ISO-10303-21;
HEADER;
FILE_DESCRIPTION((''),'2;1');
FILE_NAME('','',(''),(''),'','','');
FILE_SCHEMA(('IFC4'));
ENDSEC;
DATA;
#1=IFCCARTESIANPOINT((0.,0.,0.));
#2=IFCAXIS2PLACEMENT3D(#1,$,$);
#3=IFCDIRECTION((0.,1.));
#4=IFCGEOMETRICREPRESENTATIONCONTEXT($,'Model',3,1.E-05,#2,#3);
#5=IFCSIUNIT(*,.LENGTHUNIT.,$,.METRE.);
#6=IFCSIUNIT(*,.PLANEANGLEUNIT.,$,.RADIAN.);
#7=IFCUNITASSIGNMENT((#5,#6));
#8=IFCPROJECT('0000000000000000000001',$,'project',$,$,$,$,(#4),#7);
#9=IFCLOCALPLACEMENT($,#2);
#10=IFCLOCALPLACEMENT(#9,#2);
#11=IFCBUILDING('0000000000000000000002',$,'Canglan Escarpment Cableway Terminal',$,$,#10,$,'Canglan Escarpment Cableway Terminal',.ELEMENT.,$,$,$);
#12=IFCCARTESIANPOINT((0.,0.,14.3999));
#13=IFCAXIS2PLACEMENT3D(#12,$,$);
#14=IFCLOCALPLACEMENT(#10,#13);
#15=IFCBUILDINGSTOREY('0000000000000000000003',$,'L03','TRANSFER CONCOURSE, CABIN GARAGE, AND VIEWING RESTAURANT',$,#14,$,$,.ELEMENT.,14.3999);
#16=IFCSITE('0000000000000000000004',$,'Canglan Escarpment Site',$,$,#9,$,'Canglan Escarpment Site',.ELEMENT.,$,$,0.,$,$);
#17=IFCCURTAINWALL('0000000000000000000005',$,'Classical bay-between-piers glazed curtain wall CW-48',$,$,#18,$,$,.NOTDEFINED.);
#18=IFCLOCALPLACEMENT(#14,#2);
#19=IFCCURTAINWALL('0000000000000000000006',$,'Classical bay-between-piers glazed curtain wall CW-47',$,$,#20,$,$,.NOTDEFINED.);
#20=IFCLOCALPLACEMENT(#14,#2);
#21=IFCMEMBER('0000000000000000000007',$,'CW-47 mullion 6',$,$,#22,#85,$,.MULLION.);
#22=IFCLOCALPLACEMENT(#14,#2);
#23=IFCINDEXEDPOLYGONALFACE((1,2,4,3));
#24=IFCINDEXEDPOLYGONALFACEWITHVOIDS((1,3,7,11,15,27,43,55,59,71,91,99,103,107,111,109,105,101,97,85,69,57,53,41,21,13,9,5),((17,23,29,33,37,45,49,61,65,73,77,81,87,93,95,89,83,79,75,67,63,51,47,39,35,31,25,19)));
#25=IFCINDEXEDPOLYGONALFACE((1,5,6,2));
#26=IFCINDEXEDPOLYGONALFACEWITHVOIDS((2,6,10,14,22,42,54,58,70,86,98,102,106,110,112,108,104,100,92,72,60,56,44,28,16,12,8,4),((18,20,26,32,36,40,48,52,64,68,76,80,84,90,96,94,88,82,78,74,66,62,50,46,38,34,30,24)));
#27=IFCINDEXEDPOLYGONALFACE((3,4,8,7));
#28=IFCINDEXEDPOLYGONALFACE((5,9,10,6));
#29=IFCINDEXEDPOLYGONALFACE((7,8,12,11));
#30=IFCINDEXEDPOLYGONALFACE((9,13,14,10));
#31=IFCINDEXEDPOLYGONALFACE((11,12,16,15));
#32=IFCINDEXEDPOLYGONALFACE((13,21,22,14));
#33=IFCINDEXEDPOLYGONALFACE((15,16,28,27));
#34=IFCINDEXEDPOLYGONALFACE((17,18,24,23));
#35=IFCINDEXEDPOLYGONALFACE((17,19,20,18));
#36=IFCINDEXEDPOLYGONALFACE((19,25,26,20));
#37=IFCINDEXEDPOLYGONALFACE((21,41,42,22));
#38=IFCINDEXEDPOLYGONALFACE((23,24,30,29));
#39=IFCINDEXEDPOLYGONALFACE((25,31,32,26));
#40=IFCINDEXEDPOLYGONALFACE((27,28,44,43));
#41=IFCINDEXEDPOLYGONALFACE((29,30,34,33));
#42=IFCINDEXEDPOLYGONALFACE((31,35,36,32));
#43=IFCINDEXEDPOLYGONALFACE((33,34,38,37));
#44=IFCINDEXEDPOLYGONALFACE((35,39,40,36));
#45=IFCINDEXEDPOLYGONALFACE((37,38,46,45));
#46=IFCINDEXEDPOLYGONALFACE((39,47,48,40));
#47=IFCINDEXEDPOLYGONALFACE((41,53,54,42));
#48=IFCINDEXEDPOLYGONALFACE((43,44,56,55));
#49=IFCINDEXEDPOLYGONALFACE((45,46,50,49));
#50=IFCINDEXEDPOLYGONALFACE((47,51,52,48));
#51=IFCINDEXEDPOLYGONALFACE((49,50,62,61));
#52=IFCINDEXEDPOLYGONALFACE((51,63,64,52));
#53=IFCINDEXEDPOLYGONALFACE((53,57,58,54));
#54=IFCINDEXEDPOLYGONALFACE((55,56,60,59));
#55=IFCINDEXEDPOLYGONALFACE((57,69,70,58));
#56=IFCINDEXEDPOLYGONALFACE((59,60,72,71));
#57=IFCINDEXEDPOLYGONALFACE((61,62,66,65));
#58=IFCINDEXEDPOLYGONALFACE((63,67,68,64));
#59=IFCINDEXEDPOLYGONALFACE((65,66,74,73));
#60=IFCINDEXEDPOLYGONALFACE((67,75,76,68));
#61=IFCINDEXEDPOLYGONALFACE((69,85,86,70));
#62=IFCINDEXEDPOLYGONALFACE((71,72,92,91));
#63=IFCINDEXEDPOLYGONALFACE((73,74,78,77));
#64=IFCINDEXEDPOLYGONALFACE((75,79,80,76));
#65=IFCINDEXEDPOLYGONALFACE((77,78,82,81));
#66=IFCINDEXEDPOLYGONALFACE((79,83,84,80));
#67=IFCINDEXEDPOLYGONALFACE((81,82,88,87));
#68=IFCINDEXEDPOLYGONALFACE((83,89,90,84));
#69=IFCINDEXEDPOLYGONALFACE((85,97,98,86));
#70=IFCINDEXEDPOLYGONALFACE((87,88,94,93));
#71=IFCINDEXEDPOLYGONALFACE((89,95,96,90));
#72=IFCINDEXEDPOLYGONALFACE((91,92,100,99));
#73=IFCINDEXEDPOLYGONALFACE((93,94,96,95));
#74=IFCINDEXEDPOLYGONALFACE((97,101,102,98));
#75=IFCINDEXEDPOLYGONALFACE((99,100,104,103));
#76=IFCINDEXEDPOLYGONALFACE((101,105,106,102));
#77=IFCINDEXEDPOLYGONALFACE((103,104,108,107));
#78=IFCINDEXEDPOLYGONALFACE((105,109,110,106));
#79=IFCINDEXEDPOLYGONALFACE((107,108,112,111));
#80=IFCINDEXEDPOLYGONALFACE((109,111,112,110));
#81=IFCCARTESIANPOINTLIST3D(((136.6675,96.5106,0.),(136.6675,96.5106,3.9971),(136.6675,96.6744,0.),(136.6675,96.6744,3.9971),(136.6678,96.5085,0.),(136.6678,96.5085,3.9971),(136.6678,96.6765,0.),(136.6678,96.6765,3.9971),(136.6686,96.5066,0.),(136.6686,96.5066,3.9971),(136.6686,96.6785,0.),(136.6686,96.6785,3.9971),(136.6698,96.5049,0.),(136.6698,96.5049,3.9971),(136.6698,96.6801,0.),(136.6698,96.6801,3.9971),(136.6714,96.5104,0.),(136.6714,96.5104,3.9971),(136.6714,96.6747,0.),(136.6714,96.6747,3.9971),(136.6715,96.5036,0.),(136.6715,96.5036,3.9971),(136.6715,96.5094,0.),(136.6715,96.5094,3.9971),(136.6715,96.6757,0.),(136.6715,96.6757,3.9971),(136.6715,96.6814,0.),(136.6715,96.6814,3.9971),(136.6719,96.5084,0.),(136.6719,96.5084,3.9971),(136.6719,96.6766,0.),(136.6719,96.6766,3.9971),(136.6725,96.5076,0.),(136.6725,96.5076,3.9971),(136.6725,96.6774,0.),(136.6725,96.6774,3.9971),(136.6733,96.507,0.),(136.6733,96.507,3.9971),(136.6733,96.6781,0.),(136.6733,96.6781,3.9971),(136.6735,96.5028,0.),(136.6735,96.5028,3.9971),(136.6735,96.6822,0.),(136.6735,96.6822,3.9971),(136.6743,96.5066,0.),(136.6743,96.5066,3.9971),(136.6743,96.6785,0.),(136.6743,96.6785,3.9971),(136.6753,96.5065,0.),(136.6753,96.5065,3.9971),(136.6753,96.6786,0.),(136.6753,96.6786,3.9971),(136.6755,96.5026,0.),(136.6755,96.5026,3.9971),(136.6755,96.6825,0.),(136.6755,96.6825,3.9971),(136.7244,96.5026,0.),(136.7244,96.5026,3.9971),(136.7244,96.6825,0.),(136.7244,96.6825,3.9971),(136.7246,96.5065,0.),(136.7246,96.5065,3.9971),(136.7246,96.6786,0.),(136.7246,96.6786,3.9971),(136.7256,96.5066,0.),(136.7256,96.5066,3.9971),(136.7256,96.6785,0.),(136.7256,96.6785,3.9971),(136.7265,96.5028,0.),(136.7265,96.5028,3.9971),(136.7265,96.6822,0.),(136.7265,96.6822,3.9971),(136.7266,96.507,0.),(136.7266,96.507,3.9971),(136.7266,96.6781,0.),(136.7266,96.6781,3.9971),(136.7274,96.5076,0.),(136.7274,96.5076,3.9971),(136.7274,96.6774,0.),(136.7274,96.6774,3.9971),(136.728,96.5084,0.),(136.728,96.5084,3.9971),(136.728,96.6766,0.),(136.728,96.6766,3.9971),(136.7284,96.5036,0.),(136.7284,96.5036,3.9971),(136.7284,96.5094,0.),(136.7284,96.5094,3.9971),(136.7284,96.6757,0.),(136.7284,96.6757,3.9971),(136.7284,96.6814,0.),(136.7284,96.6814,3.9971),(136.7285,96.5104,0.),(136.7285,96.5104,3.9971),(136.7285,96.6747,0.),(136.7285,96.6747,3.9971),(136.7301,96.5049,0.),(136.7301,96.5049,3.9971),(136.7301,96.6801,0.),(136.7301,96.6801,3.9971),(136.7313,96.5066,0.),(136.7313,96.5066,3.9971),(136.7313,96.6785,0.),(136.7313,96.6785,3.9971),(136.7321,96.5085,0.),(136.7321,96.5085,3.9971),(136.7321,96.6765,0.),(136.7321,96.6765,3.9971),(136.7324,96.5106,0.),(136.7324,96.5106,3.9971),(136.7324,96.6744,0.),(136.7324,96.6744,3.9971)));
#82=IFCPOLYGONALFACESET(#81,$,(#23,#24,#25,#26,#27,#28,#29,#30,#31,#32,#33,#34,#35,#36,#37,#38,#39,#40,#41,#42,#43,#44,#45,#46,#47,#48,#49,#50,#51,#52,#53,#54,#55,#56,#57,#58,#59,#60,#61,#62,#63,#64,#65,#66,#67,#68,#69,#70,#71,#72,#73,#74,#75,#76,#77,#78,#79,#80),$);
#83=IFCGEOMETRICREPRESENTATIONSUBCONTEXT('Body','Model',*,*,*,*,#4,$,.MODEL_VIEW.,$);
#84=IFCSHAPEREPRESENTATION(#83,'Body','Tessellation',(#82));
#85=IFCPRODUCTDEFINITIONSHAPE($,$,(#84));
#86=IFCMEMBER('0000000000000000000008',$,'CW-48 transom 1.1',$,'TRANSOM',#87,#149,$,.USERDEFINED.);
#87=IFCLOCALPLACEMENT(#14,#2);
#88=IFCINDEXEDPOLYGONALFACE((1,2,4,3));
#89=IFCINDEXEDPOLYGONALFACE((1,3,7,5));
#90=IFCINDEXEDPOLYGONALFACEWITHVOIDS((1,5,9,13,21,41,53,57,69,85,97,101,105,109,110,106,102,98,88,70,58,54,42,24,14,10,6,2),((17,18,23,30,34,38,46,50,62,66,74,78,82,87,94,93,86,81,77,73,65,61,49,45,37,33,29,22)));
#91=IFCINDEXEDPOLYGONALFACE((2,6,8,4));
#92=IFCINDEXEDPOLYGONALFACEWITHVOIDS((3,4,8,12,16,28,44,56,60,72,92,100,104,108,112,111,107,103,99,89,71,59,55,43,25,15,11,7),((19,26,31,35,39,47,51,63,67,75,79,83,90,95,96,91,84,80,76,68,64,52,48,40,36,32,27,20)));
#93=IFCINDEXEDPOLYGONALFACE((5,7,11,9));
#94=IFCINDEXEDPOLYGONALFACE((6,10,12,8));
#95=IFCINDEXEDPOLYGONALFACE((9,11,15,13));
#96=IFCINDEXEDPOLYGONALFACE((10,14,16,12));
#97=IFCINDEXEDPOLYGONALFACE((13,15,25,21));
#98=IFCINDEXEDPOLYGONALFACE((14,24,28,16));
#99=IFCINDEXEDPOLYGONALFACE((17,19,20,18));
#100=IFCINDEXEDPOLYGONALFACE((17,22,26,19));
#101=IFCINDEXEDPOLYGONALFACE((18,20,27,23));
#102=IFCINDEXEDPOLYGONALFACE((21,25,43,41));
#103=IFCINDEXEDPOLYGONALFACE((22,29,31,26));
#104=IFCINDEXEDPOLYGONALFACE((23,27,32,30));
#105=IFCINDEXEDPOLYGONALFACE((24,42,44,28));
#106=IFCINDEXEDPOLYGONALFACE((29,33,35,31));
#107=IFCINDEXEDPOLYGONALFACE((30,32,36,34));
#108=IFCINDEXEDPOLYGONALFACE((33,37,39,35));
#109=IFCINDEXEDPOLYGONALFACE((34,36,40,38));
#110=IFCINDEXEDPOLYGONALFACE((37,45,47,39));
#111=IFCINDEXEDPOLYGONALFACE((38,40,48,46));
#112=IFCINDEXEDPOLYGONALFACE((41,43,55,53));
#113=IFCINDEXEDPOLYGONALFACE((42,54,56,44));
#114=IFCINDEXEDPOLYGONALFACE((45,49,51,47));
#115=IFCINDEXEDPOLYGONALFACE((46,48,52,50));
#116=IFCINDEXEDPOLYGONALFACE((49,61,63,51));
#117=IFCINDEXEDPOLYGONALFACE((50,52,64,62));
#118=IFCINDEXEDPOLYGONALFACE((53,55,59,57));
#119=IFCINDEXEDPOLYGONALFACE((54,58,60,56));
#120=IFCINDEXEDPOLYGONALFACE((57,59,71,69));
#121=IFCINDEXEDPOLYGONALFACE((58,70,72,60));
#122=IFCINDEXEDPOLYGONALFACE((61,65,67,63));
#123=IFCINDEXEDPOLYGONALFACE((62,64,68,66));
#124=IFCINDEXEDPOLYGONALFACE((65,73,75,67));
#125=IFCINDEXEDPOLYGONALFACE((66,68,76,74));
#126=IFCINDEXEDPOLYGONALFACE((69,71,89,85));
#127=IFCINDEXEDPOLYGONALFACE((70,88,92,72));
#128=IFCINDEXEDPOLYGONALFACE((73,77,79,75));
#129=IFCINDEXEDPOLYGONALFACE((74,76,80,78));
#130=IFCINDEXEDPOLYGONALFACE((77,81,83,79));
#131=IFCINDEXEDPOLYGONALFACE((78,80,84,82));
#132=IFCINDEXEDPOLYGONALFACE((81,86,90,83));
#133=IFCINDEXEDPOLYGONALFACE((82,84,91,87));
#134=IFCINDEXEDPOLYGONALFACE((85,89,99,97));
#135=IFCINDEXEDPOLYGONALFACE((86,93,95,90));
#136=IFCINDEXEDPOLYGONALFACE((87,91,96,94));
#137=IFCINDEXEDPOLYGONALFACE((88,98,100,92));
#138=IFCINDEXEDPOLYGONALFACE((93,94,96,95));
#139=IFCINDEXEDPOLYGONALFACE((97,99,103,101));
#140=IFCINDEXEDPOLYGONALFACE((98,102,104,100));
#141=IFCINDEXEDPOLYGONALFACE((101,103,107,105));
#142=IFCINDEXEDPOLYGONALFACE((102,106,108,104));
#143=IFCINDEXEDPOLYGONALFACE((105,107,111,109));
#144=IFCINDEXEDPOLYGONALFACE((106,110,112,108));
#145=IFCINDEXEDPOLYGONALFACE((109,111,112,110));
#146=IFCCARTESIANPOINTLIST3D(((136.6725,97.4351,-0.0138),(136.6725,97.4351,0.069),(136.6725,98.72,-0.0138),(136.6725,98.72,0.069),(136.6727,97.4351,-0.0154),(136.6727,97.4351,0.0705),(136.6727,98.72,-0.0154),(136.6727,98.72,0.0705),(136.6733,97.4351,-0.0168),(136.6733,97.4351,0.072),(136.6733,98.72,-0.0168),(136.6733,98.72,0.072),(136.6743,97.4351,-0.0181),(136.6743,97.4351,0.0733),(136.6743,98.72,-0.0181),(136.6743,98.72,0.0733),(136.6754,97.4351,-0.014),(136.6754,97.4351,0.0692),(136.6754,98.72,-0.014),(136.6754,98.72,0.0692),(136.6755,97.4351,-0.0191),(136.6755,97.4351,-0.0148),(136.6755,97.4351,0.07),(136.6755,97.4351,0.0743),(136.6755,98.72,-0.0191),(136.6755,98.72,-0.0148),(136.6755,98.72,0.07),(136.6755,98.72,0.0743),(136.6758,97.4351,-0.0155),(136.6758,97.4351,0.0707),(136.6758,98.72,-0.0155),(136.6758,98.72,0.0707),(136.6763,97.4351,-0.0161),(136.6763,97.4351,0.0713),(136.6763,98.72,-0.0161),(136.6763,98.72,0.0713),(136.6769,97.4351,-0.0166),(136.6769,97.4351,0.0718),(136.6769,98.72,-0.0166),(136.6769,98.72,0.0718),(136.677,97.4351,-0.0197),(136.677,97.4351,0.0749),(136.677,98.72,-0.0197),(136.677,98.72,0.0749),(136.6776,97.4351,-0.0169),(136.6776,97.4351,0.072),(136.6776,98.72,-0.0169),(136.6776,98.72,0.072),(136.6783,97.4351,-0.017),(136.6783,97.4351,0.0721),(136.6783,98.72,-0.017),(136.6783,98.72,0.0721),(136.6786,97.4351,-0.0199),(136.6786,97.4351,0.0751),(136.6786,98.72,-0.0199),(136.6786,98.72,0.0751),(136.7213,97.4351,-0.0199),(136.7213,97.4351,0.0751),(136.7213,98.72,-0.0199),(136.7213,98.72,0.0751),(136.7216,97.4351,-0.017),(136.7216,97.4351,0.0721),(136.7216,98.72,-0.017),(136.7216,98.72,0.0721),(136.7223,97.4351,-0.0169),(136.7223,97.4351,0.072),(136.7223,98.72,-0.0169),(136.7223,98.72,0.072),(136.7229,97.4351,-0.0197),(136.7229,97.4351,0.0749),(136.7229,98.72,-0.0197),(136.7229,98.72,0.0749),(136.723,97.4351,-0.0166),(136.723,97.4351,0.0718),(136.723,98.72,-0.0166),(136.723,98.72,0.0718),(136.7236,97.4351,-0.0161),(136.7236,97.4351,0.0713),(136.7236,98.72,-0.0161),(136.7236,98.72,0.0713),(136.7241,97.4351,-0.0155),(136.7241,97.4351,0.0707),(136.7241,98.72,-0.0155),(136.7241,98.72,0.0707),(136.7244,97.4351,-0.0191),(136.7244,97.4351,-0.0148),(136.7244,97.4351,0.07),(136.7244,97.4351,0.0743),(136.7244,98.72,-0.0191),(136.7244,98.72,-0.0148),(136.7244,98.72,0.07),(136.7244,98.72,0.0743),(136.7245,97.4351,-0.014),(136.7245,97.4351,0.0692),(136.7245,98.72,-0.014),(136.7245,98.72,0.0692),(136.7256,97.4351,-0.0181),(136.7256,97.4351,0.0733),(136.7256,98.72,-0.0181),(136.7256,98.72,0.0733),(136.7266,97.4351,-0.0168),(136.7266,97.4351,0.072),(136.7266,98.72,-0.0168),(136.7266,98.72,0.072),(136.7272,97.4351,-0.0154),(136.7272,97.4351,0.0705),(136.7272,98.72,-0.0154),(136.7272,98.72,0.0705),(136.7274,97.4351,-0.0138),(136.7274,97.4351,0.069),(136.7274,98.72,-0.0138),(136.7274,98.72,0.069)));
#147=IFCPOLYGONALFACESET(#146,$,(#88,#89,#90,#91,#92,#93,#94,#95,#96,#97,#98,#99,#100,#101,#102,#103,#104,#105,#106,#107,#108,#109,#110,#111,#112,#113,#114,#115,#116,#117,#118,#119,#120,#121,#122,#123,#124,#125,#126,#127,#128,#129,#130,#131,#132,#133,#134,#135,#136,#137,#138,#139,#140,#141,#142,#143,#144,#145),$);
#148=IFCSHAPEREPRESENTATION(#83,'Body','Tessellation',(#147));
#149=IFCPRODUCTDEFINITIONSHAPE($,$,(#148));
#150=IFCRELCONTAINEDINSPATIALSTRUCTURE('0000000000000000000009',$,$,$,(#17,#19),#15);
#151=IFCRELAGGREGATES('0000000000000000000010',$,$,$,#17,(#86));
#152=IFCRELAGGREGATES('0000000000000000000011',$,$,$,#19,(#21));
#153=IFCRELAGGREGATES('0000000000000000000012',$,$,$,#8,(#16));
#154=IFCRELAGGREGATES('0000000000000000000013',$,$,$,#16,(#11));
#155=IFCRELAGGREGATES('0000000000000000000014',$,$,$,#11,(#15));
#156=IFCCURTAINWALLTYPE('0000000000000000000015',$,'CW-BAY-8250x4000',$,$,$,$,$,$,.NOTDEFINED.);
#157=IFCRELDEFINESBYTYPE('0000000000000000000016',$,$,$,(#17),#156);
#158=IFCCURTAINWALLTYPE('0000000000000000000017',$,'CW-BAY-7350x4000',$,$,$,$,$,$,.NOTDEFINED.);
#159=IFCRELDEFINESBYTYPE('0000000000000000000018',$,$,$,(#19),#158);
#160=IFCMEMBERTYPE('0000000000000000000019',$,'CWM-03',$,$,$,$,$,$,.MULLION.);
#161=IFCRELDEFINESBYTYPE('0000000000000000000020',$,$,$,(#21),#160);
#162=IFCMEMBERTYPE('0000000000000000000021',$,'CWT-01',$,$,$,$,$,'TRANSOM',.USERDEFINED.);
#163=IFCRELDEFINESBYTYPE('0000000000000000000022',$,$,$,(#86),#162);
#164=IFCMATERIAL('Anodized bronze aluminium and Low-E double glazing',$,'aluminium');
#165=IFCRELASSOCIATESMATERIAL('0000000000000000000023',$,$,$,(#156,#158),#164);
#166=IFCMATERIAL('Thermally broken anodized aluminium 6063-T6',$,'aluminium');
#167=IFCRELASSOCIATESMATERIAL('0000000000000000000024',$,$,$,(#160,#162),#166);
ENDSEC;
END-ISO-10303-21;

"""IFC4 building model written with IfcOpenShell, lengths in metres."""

from ifc_helpers import new_model, si_unit, direction, frame, origin, origin_2d, place, context, subcontext, project, spatial, hollow_rectangle, extrude, material, material_profile, profile_set, type_object, element, aggregate, save


model = new_model("IFC4")

# Units and contexts
model_context = context("Model", 3, precision=1e-05, world=origin(), true_north=direction((0.0, 1.0)))
body_context = subcontext(model_context, "Body", "Model", "MODEL_VIEW")
ifc_project = project(units=[si_unit("LENGTHUNIT", "METRE"), si_unit("PLANEANGLEUNIT", "RADIAN")], contexts=[model_context])

# Site, building, storey
site_placement = place(None, origin())
site = spatial("IfcSite", under=ifc_project, at=site_placement, Name="Canglan Escarpment Site", LongName="Canglan Escarpment Site", CompositionType="ELEMENT", RefElevation=0.0)
building_placement = place(site_placement, origin())
building = spatial("IfcBuilding", under=site, at=building_placement, Name="Canglan Escarpment Cableway Terminal", LongName="Canglan Escarpment Cableway Terminal", CompositionType="ELEMENT")
storey_placement = place(building_placement, frame((0.0, 0.0, 14.3999)))
storey = spatial("IfcBuildingStorey", under=building, at=storey_placement, Name="L03", Description="TRANSFER CONCOURSE, CABIN GARAGE, AND VIEWING RESTAURANT", CompositionType="ELEMENT", Elevation=14.3999)

# Curtain wall
ifc_material_1 = material(Name="Anodized bronze aluminium and Low-E double glazing", Category="aluminium")
curtain_wall_type_1 = type_object("IfcCurtainWallType", Name="CW-BAY-8250x4000", PredefinedType="NOTDEFINED", material=ifc_material_1)
curtain_wall_1_placement = place(storey_placement, origin())
curtain_wall_1 = element("IfcCurtainWall", 1, at=curtain_wall_1_placement, inside=storey, type_object=curtain_wall_type_1, Name="Classical bay-between-piers glazed curtain wall CW-48", PredefinedType="NOTDEFINED")
ifc_material_2 = material(Name="Thermally broken anodized aluminium 6063-T6", Category="aluminium")

# Curtain wall, member
curtain_wall_type_2 = type_object("IfcCurtainWallType", Name="CW-BAY-7350x4000", PredefinedType="NOTDEFINED", material=ifc_material_1)
curtain_wall_2_placement = place(storey_placement, origin())
curtain_wall_2 = element("IfcCurtainWall", 2, at=curtain_wall_2_placement, inside=storey, type_object=curtain_wall_type_2, Name="Classical bay-between-piers glazed curtain wall CW-47", PredefinedType="NOTDEFINED")
ifc_material_profile_1 = material_profile(ifc_material_2, hollow_rectangle(XDim=0.0649, YDim=0.1799, WallThickness=0.0039, InnerFilletRadius=0.0039, OuterFilletRadius=0.0081, at=origin_2d()), Name="ALU-MULL 65x180x4")
ifc_profile_set_1 = profile_set([ifc_material_profile_1], Name="Thermally broken anodized aluminium 6063-T6")
member_type_1 = type_object("IfcMemberType", Name="CWM-03", PredefinedType="MULLION", material=ifc_profile_set_1)
member_1_placement = place(storey_placement, frame((136.7, 96.5925, 0.0), z_axis=(0.0, 0.0, 1.0), x_axis=(-1.0, 0.0, 0.0)))
member_1 = element("IfcMember", 3, at=member_1_placement, type_object=member_type_1, Name="CW-47 mullion 6", PredefinedType="MULLION", context=body_context, shape_type="SweptSolid", body=[
    extrude(hollow_rectangle(XDim=0.0649, YDim=0.1799, WallThickness=0.0039, InnerFilletRadius=0.0039, OuterFilletRadius=0.0081, at=origin_2d()), origin(), (0.0, 0.0, 1.0), 3.9971),
])

# Member
ifc_material_profile_2 = material_profile(ifc_material_2, hollow_rectangle(XDim=0.0549, YDim=0.095, WallThickness=0.0029, InnerFilletRadius=0.0029, OuterFilletRadius=0.0061, at=origin_2d()), Name="ALU-TRAN 55x95x3")
ifc_profile_set_2 = profile_set([ifc_material_profile_2], Name="Thermally broken anodized aluminium 6063-T6")
member_type_2 = type_object("IfcMemberType", Name="CWT-01", ElementType="TRANSOM", PredefinedType="USERDEFINED", material=ifc_profile_set_2)
member_2_placement = place(storey_placement, frame((136.7, 97.4351, 0.0276), z_axis=(0.0, 1.0, 0.0), x_axis=(-1.0, 0.0, 0.0)))
member_2 = element("IfcMember", 4, at=member_2_placement, type_object=member_type_2, Name="CW-48 transom 1.1", ObjectType="TRANSOM", PredefinedType="USERDEFINED", context=body_context, shape_type="SweptSolid", body=[
    extrude(hollow_rectangle(XDim=0.0549, YDim=0.095, WallThickness=0.0029, InnerFilletRadius=0.0029, OuterFilletRadius=0.0061, at=origin_2d()), origin(), (0.0, 0.0, 1.0), 1.2849),
])
aggregate(curtain_wall_1, [member_2])

aggregate(curtain_wall_2, [member_1])

save(model, "model.ifc")
